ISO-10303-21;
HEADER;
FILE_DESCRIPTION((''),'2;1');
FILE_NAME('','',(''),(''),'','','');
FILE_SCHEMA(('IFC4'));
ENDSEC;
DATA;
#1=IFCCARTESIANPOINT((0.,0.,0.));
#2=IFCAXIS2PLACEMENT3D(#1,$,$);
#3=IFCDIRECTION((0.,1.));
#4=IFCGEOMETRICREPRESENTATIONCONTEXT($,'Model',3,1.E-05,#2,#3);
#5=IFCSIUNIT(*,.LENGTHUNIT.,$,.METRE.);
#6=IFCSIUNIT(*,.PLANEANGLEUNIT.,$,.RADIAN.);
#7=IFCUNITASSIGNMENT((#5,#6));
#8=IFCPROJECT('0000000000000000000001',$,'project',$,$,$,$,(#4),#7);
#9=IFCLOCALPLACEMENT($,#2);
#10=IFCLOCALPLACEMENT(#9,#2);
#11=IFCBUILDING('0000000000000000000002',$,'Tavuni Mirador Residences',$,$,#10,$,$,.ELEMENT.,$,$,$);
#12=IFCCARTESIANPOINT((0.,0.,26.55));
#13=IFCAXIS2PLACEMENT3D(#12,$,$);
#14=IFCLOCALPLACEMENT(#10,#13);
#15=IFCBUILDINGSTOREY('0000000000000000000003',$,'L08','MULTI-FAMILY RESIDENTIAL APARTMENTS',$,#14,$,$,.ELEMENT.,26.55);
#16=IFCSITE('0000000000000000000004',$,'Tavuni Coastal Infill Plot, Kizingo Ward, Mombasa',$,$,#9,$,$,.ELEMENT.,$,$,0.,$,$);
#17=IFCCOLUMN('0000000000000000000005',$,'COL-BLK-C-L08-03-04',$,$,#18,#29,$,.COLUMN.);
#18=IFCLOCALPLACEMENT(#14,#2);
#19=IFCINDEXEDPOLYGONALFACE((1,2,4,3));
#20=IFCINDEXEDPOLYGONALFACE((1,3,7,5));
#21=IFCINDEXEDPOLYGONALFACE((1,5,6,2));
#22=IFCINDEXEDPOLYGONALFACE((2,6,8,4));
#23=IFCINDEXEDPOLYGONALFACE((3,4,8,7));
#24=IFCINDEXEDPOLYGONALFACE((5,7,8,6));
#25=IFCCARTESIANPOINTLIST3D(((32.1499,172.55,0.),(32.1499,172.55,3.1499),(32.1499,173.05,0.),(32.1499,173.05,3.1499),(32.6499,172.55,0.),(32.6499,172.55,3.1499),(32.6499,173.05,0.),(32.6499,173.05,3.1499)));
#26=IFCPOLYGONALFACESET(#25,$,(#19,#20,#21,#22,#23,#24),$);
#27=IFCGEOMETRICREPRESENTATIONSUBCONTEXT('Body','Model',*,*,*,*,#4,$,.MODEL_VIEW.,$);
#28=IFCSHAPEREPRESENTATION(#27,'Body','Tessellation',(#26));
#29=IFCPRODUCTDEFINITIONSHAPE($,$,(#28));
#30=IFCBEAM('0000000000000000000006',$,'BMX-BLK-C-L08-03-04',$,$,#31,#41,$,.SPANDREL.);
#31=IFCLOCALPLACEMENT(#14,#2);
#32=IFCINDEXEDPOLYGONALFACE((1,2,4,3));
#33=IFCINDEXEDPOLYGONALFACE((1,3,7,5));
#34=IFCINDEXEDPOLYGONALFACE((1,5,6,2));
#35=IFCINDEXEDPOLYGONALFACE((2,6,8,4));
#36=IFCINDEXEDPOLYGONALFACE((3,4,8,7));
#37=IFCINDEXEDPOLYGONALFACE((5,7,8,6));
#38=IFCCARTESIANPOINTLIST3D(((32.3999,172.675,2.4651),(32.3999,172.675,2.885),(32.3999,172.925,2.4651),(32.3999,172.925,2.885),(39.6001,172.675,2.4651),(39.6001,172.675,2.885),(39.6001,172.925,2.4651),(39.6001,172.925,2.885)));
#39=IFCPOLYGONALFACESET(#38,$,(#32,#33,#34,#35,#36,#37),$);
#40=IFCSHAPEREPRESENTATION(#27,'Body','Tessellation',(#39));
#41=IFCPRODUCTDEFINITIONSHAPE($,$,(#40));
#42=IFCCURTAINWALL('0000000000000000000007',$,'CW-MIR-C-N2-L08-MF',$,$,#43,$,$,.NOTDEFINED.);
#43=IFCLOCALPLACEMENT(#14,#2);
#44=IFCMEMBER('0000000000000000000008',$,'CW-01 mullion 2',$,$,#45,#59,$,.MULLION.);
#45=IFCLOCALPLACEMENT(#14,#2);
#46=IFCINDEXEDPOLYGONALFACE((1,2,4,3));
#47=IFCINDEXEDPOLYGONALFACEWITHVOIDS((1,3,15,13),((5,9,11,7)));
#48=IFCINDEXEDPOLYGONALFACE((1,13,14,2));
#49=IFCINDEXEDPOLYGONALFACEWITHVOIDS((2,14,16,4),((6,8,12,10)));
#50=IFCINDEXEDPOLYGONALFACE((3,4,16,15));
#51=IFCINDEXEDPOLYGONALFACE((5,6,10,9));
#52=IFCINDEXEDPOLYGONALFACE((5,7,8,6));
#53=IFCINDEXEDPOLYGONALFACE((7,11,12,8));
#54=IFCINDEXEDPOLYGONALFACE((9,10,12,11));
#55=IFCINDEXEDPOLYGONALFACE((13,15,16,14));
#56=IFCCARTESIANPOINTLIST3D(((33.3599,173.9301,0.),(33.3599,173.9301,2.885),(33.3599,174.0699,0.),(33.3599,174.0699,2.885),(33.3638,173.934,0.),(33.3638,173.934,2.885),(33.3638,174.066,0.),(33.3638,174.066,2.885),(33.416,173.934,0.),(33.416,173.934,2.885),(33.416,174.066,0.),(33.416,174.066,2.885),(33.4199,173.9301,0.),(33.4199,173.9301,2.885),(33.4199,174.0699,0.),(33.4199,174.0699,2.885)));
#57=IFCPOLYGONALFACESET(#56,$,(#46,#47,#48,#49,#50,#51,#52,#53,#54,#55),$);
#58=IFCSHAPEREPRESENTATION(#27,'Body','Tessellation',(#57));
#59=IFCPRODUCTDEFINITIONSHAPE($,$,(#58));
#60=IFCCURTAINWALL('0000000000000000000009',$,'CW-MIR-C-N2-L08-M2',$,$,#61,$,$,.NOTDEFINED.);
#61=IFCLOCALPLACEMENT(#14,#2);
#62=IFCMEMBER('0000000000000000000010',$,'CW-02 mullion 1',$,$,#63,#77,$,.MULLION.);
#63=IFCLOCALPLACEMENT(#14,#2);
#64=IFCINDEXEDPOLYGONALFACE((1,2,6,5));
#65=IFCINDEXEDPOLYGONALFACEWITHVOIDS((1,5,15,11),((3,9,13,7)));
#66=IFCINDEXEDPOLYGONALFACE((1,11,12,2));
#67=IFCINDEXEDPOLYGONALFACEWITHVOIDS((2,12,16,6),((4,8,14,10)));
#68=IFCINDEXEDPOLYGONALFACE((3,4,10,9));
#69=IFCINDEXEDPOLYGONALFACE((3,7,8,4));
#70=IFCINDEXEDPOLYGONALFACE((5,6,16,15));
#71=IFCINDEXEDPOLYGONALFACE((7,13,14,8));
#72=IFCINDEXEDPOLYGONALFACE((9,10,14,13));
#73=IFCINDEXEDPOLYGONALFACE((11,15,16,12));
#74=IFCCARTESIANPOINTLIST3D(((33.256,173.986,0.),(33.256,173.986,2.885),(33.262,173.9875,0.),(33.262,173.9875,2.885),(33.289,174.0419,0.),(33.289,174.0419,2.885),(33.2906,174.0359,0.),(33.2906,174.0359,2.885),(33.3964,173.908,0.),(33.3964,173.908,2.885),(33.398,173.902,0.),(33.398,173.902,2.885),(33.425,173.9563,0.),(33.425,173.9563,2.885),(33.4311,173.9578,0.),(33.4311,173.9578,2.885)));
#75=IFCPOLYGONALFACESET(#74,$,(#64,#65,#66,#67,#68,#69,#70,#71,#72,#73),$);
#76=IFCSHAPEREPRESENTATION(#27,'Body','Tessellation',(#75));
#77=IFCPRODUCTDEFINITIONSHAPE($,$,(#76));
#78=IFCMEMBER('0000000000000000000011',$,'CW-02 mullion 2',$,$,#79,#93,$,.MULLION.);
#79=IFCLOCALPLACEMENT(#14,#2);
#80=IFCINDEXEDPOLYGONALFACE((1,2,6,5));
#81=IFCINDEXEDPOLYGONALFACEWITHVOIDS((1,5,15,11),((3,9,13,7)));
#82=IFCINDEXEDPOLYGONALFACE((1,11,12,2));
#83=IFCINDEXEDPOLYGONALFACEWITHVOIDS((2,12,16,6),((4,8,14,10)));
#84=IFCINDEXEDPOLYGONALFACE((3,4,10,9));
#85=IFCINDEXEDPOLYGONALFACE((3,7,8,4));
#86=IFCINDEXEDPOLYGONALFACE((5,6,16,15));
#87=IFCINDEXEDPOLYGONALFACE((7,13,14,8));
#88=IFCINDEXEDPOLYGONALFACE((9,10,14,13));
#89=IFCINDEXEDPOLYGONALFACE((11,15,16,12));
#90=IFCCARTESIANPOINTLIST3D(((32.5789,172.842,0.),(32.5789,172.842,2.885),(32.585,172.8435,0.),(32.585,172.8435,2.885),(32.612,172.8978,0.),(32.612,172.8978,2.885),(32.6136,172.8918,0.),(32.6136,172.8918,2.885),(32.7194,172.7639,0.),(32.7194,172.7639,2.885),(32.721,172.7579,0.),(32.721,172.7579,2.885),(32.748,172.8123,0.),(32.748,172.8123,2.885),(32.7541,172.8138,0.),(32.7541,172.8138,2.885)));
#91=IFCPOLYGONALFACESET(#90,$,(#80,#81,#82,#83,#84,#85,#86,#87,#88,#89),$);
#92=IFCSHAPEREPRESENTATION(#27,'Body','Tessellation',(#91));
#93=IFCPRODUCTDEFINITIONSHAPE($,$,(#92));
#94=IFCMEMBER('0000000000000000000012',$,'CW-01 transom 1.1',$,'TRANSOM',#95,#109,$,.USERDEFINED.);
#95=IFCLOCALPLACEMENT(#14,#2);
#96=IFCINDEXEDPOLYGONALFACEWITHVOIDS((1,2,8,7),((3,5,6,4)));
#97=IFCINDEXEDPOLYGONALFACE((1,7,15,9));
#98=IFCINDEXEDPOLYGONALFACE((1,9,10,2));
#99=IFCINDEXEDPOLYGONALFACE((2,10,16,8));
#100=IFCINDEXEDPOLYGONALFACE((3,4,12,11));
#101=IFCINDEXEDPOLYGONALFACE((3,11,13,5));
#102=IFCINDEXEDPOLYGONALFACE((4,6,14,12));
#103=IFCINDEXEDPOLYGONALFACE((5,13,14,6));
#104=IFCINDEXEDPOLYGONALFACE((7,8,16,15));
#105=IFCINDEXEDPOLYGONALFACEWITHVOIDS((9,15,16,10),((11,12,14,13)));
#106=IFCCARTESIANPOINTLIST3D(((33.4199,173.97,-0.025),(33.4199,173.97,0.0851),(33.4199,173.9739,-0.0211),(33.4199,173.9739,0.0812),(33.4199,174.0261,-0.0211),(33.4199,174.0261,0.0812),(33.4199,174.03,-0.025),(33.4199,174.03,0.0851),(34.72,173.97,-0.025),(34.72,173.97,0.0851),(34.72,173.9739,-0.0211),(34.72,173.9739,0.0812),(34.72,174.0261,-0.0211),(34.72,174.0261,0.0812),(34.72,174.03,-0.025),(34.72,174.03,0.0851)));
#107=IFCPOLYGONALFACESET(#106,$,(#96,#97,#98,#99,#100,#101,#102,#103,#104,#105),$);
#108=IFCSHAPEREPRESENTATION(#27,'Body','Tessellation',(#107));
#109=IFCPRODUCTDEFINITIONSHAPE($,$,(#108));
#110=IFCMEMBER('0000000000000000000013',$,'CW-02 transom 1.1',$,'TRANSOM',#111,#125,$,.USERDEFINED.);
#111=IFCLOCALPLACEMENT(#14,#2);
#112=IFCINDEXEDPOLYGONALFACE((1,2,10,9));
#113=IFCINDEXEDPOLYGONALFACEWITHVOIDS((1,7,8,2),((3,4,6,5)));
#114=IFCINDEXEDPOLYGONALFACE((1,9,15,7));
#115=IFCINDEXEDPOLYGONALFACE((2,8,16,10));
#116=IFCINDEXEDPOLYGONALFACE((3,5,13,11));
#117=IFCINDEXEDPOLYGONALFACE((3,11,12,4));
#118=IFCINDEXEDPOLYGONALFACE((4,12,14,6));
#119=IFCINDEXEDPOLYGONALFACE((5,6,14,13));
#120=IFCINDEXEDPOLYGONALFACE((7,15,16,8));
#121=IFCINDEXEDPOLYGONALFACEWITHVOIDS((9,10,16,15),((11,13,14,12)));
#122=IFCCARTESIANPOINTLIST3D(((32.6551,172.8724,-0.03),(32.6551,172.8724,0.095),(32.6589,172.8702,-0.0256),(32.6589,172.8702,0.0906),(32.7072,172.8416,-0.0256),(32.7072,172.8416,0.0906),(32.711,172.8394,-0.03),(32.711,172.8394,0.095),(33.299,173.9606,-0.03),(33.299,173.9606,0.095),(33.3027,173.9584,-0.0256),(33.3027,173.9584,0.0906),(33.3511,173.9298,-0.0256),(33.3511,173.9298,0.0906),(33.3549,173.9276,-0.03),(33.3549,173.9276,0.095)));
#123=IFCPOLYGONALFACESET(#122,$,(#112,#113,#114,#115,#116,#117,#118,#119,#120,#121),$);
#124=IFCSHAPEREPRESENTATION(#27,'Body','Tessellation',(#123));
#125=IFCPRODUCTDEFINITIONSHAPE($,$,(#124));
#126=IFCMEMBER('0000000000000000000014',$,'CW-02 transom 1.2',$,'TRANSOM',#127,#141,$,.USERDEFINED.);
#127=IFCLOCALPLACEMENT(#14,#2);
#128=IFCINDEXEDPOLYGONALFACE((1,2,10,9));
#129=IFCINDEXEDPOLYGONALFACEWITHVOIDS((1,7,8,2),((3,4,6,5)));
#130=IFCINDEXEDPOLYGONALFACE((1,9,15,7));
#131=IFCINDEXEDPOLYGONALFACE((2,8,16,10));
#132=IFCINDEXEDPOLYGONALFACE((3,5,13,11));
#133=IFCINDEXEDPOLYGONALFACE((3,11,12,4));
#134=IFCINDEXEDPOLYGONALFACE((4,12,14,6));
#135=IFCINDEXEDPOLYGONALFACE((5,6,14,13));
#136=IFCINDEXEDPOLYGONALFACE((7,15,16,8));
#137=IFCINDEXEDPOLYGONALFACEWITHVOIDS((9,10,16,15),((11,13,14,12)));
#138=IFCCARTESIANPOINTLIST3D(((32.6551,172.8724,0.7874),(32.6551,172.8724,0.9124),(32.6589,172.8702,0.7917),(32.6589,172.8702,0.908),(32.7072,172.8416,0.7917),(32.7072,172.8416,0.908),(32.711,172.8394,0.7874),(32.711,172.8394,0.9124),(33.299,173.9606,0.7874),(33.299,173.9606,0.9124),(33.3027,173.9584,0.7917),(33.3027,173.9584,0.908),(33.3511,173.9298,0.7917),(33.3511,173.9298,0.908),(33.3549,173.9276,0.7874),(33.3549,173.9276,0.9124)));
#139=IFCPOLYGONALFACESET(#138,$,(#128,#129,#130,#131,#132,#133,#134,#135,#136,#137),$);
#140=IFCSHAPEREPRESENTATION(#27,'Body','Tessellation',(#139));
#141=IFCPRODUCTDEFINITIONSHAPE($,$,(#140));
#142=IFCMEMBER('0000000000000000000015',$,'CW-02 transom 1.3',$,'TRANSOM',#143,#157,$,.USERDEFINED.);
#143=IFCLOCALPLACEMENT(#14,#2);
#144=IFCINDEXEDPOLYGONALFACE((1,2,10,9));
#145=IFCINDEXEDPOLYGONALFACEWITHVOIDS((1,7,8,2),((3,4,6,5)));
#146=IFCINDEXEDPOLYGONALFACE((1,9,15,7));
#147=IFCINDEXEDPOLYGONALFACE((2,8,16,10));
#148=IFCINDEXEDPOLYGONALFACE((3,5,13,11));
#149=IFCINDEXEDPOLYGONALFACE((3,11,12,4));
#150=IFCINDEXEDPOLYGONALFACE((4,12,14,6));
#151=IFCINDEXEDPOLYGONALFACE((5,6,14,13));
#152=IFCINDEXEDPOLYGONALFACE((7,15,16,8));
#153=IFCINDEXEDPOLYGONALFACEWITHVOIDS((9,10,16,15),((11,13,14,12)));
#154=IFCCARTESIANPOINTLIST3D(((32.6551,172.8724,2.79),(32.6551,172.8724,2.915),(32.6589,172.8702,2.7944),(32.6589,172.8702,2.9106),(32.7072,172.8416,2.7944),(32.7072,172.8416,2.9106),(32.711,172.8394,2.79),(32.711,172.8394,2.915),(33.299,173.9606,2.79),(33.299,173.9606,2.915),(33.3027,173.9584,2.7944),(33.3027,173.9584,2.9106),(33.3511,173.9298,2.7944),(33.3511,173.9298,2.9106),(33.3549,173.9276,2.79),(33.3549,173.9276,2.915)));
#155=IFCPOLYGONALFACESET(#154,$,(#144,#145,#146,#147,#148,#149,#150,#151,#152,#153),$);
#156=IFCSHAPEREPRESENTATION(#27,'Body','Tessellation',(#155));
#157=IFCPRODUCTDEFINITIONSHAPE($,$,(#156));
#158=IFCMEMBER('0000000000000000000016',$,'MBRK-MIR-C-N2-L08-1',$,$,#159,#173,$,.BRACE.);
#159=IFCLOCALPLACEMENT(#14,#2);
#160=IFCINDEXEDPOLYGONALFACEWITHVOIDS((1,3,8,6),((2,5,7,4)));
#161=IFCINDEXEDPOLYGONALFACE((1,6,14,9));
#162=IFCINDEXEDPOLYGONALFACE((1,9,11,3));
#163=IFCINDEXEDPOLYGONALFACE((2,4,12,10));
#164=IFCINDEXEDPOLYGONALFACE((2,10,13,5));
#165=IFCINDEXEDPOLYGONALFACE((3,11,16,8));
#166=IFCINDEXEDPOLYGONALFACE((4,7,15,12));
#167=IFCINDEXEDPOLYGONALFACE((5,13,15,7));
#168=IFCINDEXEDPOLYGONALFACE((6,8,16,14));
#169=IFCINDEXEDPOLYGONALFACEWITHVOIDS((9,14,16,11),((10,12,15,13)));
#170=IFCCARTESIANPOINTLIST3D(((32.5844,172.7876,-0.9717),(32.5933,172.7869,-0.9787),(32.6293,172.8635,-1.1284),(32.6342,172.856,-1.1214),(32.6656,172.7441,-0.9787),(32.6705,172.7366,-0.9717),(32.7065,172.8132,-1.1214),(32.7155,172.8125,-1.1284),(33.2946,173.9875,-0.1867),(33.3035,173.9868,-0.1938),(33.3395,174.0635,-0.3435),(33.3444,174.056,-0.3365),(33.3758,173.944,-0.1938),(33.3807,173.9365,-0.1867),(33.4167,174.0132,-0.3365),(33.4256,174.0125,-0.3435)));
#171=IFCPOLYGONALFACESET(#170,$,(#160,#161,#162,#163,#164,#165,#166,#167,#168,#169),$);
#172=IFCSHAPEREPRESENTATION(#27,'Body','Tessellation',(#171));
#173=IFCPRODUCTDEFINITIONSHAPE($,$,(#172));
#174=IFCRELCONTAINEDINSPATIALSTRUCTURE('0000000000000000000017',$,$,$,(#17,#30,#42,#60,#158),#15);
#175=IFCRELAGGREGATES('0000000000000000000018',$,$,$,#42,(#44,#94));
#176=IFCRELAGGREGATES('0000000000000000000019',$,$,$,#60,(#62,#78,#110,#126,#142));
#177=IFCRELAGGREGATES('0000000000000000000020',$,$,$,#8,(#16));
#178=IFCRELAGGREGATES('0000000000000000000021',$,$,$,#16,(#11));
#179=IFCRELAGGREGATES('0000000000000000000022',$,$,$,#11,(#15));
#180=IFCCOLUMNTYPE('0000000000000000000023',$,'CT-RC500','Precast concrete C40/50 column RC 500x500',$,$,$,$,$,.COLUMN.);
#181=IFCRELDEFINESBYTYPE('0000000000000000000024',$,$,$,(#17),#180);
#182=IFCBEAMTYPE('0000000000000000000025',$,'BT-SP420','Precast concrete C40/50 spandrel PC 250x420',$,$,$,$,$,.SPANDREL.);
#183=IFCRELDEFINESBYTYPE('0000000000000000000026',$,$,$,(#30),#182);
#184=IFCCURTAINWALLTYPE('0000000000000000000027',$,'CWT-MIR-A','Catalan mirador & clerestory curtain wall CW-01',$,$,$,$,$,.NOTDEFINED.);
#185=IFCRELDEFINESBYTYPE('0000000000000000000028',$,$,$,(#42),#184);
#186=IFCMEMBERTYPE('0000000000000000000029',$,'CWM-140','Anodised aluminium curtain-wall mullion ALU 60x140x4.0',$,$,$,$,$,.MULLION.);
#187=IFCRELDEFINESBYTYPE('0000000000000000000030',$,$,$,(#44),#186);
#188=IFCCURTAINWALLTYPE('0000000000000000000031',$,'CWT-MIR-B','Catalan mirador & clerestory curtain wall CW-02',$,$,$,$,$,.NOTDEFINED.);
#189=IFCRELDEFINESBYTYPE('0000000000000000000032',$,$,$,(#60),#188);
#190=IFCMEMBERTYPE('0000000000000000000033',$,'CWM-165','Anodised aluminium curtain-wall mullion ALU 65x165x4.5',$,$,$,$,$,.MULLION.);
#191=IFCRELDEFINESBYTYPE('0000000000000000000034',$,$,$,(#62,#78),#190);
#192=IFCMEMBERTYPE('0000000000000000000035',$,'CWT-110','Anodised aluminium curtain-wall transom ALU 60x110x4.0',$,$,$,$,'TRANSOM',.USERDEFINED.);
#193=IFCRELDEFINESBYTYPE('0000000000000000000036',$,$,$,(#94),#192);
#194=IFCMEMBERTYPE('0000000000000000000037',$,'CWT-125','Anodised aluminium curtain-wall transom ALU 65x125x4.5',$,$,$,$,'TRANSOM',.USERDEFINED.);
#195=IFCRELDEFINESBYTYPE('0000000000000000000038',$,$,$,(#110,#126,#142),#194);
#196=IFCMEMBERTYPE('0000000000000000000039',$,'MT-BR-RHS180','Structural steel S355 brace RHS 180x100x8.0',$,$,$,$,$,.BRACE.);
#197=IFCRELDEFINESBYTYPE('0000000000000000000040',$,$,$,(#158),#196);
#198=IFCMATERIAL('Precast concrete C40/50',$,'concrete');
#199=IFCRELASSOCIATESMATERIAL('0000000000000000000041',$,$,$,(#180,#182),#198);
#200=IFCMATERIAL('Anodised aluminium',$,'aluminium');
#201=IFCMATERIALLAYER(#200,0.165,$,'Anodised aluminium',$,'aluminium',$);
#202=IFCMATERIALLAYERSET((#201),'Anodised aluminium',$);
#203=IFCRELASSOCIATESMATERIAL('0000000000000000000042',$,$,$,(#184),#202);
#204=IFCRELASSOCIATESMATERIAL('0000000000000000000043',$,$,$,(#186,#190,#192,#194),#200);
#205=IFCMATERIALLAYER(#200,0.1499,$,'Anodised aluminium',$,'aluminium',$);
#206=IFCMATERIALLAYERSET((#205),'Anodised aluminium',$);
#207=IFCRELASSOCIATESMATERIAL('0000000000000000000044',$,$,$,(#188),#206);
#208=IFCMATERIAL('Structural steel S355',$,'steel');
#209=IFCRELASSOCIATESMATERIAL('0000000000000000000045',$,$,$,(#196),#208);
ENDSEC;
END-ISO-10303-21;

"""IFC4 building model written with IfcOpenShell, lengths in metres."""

from ifc_helpers import new_model, si_unit, direction, frame, origin, origin_2d, place, context, subcontext, project, spatial, rectangle, hollow_rectangle, extrude, material, layer, layer_set, material_profile, profile_set, type_object, element, aggregate, save


model = new_model("IFC4")

# Units and contexts
model_context = context("Model", 3, precision=1e-05, world=origin(), true_north=direction((0.0, 1.0)))
body_context = subcontext(model_context, "Body", "Model", "MODEL_VIEW")
ifc_project = project(units=[si_unit("LENGTHUNIT", "METRE"), si_unit("PLANEANGLEUNIT", "RADIAN")], contexts=[model_context])

# Site, building, storey
site_placement = place(None, origin())
site = spatial("IfcSite", under=ifc_project, at=site_placement, Name="Tavuni Coastal Infill Plot, Kizingo Ward, Mombasa", CompositionType="ELEMENT", RefElevation=0.0)
building_placement = place(site_placement, origin())
building = spatial("IfcBuilding", under=site, at=building_placement, Name="Tavuni Mirador Residences", CompositionType="ELEMENT")
storey_placement = place(building_placement, frame((0.0, 0.0, 26.55)))
storey = spatial("IfcBuildingStorey", under=building, at=storey_placement, Name="L08", Description="MULTI-FAMILY RESIDENTIAL APARTMENTS", CompositionType="ELEMENT", Elevation=26.55)

# Column
ifc_material_1 = material(Name="Precast concrete C40/50", Category="concrete")
ifc_material_profile_1 = material_profile(ifc_material_1, rectangle(XDim=0.5, YDim=0.5, at=origin_2d()), Name="RC 500x500", Category="concrete")
ifc_profile_set_1 = profile_set([ifc_material_profile_1], Name="Precast concrete C40/50")
column_type = type_object("IfcColumnType", Name="CT-RC500", Description="Precast concrete C40/50 column RC 500x500", PredefinedType="COLUMN", material=ifc_profile_set_1)
column_placement = place(storey_placement, frame((32.3999, 172.8, 0.0), z_axis=(0.0, 0.0, 1.0), x_axis=(1.0, 0.0, 0.0)))
element("IfcColumn", 1, at=column_placement, inside=storey, type_object=column_type, Name="COL-BLK-C-L08-03-04", PredefinedType="COLUMN", context=body_context, shape_type="SweptSolid", body=[
    extrude(rectangle(XDim=0.5, YDim=0.5, at=origin_2d()), origin(), (0.0, 0.0, 1.0), 3.1499),
])

# Beam
ifc_material_profile_2 = material_profile(ifc_material_1, rectangle(XDim=0.25, YDim=0.4199, at=origin_2d()), Name="PC 250x420", Category="concrete")
ifc_profile_set_2 = profile_set([ifc_material_profile_2], Name="Precast concrete C40/50")
beam_type = type_object("IfcBeamType", Name="BT-SP420", Description="Precast concrete C40/50 spandrel PC 250x420", PredefinedType="SPANDREL", material=ifc_profile_set_2)
beam_placement = place(storey_placement, frame((32.3999, 172.8, 2.675), z_axis=(1.0, 0.0, 0.0), x_axis=(0.0, 1.0, 0.0)))
element("IfcBeam", 2, at=beam_placement, inside=storey, type_object=beam_type, Name="BMX-BLK-C-L08-03-04", PredefinedType="SPANDREL", context=body_context, shape_type="SweptSolid", body=[
    extrude(rectangle(XDim=0.25, YDim=0.4199, at=origin_2d()), origin(), (0.0, 0.0, 1.0), 7.2002),
])

# Curtain wall, member
ifc_material_2 = material(Name="Anodised aluminium", Category="aluminium")
ifc_layer_1 = layer(ifc_material_2, 0.165, Name="Anodised aluminium", Category="aluminium")
ifc_layer_set_1 = layer_set([ifc_layer_1], Name="Anodised aluminium")
curtain_wall_type_1 = type_object("IfcCurtainWallType", Name="CWT-MIR-A", Description="Catalan mirador & clerestory curtain wall CW-01", PredefinedType="NOTDEFINED", material=ifc_layer_set_1)
curtain_wall_1_placement = place(storey_placement, origin())
curtain_wall_1 = element("IfcCurtainWall", 3, at=curtain_wall_1_placement, inside=storey, type_object=curtain_wall_type_1, Name="CW-MIR-C-N2-L08-MF", PredefinedType="NOTDEFINED")
ifc_material_profile_3 = material_profile(ifc_material_2, hollow_rectangle(XDim=0.0601, YDim=0.1399, WallThickness=0.0039, at=origin_2d()), Name="ALU 60x140x4.0", Category="aluminium")
ifc_profile_set_3 = profile_set([ifc_material_profile_3], Name="Anodised aluminium")
member_type_1 = type_object("IfcMemberType", Name="CWM-140", Description="Anodised aluminium curtain-wall mullion ALU 60x140x4.0", PredefinedType="MULLION", material=ifc_profile_set_3)
member_1_placement = place(storey_placement, frame((33.3899, 174.0, 0.0), z_axis=(0.0, 0.0, 1.0), x_axis=(-1.0, 0.0, 0.0)))
member_1 = element("IfcMember", 4, at=member_1_placement, type_object=member_type_1, Name="CW-01 mullion 2", PredefinedType="MULLION", context=body_context, shape_type="SweptSolid", body=[
    extrude(hollow_rectangle(XDim=0.0601, YDim=0.1399, WallThickness=0.0039, at=origin_2d()), origin(), (0.0, 0.0, 1.0), 2.885),
])

# Curtain wall, members
ifc_layer_2 = layer(ifc_material_2, 0.1499, Name="Anodised aluminium", Category="aluminium")
ifc_layer_set_2 = layer_set([ifc_layer_2], Name="Anodised aluminium")
curtain_wall_type_2 = type_object("IfcCurtainWallType", Name="CWT-MIR-B", Description="Catalan mirador & clerestory curtain wall CW-02", PredefinedType="NOTDEFINED", material=ifc_layer_set_2)
curtain_wall_2_placement = place(storey_placement, origin())
curtain_wall_2 = element("IfcCurtainWall", 5, at=curtain_wall_2_placement, inside=storey, type_object=curtain_wall_type_2, Name="CW-MIR-C-N2-L08-M2", PredefinedType="NOTDEFINED")
ifc_material_profile_4 = material_profile(ifc_material_2, hollow_rectangle(XDim=0.0649, YDim=0.165, WallThickness=0.0044, at=origin_2d()), Name="ALU 65x165x4.5", Category="aluminium")
ifc_profile_set_4 = profile_set([ifc_material_profile_4], Name="Anodised aluminium")
member_type_2 = type_object("IfcMemberType", Name="CWM-165", Description="Anodised aluminium curtain-wall mullion ALU 65x165x4.5", PredefinedType="MULLION", material=ifc_profile_set_4)
member_2_placement = place(storey_placement, frame((33.3435, 173.9719, 0.0), z_axis=(0.0, 0.0, 1.0), x_axis=(-0.509212, -0.860641, 0.0)))
member_2 = element("IfcMember", 6, at=member_2_placement, type_object=member_type_2, Name="CW-02 mullion 1", PredefinedType="MULLION", context=body_context, shape_type="SweptSolid", body=[
    extrude(hollow_rectangle(XDim=0.0649, YDim=0.165, WallThickness=0.0044, at=origin_2d()), origin(), (0.0, 0.0, 1.0), 2.885),
])
member_3_placement = place(storey_placement, frame((32.6665, 172.8279, 0.0), z_axis=(0.0, 0.0, 1.0), x_axis=(-0.509212, -0.860641, 0.0)))
member_3 = element("IfcMember", 7, at=member_3_placement, type_object=member_type_2, Name="CW-02 mullion 2", PredefinedType="MULLION", context=body_context, shape_type="SweptSolid", body=[
    extrude(hollow_rectangle(XDim=0.0649, YDim=0.165, WallThickness=0.0044, at=origin_2d()), origin(), (0.0, 0.0, 1.0), 2.885),
])

# Members
ifc_material_profile_5 = material_profile(ifc_material_2, hollow_rectangle(XDim=0.0601, YDim=0.1101, WallThickness=0.0039, at=origin_2d()), Name="ALU 60x110x4.0", Category="aluminium")
ifc_profile_set_5 = profile_set([ifc_material_profile_5], Name="Anodised aluminium")
member_type_3 = type_object("IfcMemberType", Name="CWT-110", Description="Anodised aluminium curtain-wall transom ALU 60x110x4.0", ElementType="TRANSOM", PredefinedType="USERDEFINED", material=ifc_profile_set_5)
member_4_placement = place(storey_placement, frame((34.72, 174.0, 0.03), z_axis=(-1.0, 0.0, 0.0), x_axis=(0.0, -1.0, 0.0)))
member_4 = element("IfcMember", 8, at=member_4_placement, type_object=member_type_3, Name="CW-01 transom 1.1", ObjectType="TRANSOM", PredefinedType="USERDEFINED", context=body_context, shape_type="SweptSolid", body=[
    extrude(hollow_rectangle(XDim=0.0601, YDim=0.1101, WallThickness=0.0039, at=origin_2d()), origin(), (0.0, 0.0, 1.0), 1.3),
])
ifc_material_profile_6 = material_profile(ifc_material_2, hollow_rectangle(XDim=0.0649, YDim=0.125, WallThickness=0.0044, at=origin_2d()), Name="ALU 65x125x4.5", Category="aluminium")
ifc_profile_set_6 = profile_set([ifc_material_profile_6], Name="Anodised aluminium")
member_type_4 = type_object("IfcMemberType", Name="CWT-125", Description="Anodised aluminium curtain-wall transom ALU 65x125x4.5", ElementType="TRANSOM", PredefinedType="USERDEFINED", material=ifc_profile_set_6)
member_5_placement = place(storey_placement, frame((33.3269, 173.9441, 0.0325), z_axis=(-0.509204, -0.860646, 0.0), x_axis=(0.860646, -0.509204, 0.0)))
member_5 = element("IfcMember", 9, at=member_5_placement, type_object=member_type_4, Name="CW-02 transom 1.1", ObjectType="TRANSOM", PredefinedType="USERDEFINED", context=body_context, shape_type="SweptSolid", body=[
    extrude(hollow_rectangle(XDim=0.0649, YDim=0.125, WallThickness=0.0044, at=origin_2d()), origin(), (0.0, 0.0, 1.0), 1.2644),
])
member_6_placement = place(storey_placement, frame((33.3269, 173.9441, 0.8499), z_axis=(-0.509204, -0.860646, 0.0), x_axis=(0.860646, -0.509204, 0.0)))
member_6 = element("IfcMember", 10, at=member_6_placement, type_object=member_type_4, Name="CW-02 transom 1.2", ObjectType="TRANSOM", PredefinedType="USERDEFINED", context=body_context, shape_type="SweptSolid", body=[
    extrude(hollow_rectangle(XDim=0.0649, YDim=0.125, WallThickness=0.0044, at=origin_2d()), origin(), (0.0, 0.0, 1.0), 1.2644),
])
member_7_placement = place(storey_placement, frame((33.3269, 173.9441, 2.8525), z_axis=(-0.509204, -0.860646, 0.0), x_axis=(0.860646, -0.509204, 0.0)))
member_7 = element("IfcMember", 11, at=member_7_placement, type_object=member_type_4, Name="CW-02 transom 1.3", ObjectType="TRANSOM", PredefinedType="USERDEFINED", context=body_context, shape_type="SweptSolid", body=[
    extrude(hollow_rectangle(XDim=0.0649, YDim=0.125, WallThickness=0.0044, at=origin_2d()), origin(), (0.0, 0.0, 1.0), 1.2644),
])

# Member
ifc_material_3 = material(Name="Structural steel S355", Category="steel")
ifc_material_profile_7 = material_profile(ifc_material_3, hollow_rectangle(XDim=0.1001, YDim=0.1799, WallThickness=0.0081, at=origin_2d()), Name="RHS 180x100x8.0", Category="steel")
ifc_profile_set_7 = profile_set([ifc_material_profile_7], Name="Structural steel S355")
member_type_5 = type_object("IfcMemberType", Name="MT-BR-RHS180", Description="Structural steel S355 brace RHS 180x100x8.0", PredefinedType="BRACE", material=ifc_profile_set_7)
member_8_placement = place(storey_placement, frame((32.6499, 172.8, -1.05), z_axis=(0.443847, 0.749917, 0.490535), x_axis=(-0.860567, 0.509337, 0.0)))
element("IfcMember", 12, at=member_8_placement, inside=storey, type_object=member_type_5, Name="MBRK-MIR-C-N2-L08-1", PredefinedType="BRACE", context=body_context, shape_type="SweptSolid", body=[
    extrude(hollow_rectangle(XDim=0.1001, YDim=0.1799, WallThickness=0.0081, at=origin_2d()), origin(), (0.0, 0.0, 1.0), 1.6001),
])

aggregate(curtain_wall_1, [member_1, member_4])
aggregate(curtain_wall_2, [member_2, member_3, member_5, member_6, member_7])

save(model, "model.ifc")
